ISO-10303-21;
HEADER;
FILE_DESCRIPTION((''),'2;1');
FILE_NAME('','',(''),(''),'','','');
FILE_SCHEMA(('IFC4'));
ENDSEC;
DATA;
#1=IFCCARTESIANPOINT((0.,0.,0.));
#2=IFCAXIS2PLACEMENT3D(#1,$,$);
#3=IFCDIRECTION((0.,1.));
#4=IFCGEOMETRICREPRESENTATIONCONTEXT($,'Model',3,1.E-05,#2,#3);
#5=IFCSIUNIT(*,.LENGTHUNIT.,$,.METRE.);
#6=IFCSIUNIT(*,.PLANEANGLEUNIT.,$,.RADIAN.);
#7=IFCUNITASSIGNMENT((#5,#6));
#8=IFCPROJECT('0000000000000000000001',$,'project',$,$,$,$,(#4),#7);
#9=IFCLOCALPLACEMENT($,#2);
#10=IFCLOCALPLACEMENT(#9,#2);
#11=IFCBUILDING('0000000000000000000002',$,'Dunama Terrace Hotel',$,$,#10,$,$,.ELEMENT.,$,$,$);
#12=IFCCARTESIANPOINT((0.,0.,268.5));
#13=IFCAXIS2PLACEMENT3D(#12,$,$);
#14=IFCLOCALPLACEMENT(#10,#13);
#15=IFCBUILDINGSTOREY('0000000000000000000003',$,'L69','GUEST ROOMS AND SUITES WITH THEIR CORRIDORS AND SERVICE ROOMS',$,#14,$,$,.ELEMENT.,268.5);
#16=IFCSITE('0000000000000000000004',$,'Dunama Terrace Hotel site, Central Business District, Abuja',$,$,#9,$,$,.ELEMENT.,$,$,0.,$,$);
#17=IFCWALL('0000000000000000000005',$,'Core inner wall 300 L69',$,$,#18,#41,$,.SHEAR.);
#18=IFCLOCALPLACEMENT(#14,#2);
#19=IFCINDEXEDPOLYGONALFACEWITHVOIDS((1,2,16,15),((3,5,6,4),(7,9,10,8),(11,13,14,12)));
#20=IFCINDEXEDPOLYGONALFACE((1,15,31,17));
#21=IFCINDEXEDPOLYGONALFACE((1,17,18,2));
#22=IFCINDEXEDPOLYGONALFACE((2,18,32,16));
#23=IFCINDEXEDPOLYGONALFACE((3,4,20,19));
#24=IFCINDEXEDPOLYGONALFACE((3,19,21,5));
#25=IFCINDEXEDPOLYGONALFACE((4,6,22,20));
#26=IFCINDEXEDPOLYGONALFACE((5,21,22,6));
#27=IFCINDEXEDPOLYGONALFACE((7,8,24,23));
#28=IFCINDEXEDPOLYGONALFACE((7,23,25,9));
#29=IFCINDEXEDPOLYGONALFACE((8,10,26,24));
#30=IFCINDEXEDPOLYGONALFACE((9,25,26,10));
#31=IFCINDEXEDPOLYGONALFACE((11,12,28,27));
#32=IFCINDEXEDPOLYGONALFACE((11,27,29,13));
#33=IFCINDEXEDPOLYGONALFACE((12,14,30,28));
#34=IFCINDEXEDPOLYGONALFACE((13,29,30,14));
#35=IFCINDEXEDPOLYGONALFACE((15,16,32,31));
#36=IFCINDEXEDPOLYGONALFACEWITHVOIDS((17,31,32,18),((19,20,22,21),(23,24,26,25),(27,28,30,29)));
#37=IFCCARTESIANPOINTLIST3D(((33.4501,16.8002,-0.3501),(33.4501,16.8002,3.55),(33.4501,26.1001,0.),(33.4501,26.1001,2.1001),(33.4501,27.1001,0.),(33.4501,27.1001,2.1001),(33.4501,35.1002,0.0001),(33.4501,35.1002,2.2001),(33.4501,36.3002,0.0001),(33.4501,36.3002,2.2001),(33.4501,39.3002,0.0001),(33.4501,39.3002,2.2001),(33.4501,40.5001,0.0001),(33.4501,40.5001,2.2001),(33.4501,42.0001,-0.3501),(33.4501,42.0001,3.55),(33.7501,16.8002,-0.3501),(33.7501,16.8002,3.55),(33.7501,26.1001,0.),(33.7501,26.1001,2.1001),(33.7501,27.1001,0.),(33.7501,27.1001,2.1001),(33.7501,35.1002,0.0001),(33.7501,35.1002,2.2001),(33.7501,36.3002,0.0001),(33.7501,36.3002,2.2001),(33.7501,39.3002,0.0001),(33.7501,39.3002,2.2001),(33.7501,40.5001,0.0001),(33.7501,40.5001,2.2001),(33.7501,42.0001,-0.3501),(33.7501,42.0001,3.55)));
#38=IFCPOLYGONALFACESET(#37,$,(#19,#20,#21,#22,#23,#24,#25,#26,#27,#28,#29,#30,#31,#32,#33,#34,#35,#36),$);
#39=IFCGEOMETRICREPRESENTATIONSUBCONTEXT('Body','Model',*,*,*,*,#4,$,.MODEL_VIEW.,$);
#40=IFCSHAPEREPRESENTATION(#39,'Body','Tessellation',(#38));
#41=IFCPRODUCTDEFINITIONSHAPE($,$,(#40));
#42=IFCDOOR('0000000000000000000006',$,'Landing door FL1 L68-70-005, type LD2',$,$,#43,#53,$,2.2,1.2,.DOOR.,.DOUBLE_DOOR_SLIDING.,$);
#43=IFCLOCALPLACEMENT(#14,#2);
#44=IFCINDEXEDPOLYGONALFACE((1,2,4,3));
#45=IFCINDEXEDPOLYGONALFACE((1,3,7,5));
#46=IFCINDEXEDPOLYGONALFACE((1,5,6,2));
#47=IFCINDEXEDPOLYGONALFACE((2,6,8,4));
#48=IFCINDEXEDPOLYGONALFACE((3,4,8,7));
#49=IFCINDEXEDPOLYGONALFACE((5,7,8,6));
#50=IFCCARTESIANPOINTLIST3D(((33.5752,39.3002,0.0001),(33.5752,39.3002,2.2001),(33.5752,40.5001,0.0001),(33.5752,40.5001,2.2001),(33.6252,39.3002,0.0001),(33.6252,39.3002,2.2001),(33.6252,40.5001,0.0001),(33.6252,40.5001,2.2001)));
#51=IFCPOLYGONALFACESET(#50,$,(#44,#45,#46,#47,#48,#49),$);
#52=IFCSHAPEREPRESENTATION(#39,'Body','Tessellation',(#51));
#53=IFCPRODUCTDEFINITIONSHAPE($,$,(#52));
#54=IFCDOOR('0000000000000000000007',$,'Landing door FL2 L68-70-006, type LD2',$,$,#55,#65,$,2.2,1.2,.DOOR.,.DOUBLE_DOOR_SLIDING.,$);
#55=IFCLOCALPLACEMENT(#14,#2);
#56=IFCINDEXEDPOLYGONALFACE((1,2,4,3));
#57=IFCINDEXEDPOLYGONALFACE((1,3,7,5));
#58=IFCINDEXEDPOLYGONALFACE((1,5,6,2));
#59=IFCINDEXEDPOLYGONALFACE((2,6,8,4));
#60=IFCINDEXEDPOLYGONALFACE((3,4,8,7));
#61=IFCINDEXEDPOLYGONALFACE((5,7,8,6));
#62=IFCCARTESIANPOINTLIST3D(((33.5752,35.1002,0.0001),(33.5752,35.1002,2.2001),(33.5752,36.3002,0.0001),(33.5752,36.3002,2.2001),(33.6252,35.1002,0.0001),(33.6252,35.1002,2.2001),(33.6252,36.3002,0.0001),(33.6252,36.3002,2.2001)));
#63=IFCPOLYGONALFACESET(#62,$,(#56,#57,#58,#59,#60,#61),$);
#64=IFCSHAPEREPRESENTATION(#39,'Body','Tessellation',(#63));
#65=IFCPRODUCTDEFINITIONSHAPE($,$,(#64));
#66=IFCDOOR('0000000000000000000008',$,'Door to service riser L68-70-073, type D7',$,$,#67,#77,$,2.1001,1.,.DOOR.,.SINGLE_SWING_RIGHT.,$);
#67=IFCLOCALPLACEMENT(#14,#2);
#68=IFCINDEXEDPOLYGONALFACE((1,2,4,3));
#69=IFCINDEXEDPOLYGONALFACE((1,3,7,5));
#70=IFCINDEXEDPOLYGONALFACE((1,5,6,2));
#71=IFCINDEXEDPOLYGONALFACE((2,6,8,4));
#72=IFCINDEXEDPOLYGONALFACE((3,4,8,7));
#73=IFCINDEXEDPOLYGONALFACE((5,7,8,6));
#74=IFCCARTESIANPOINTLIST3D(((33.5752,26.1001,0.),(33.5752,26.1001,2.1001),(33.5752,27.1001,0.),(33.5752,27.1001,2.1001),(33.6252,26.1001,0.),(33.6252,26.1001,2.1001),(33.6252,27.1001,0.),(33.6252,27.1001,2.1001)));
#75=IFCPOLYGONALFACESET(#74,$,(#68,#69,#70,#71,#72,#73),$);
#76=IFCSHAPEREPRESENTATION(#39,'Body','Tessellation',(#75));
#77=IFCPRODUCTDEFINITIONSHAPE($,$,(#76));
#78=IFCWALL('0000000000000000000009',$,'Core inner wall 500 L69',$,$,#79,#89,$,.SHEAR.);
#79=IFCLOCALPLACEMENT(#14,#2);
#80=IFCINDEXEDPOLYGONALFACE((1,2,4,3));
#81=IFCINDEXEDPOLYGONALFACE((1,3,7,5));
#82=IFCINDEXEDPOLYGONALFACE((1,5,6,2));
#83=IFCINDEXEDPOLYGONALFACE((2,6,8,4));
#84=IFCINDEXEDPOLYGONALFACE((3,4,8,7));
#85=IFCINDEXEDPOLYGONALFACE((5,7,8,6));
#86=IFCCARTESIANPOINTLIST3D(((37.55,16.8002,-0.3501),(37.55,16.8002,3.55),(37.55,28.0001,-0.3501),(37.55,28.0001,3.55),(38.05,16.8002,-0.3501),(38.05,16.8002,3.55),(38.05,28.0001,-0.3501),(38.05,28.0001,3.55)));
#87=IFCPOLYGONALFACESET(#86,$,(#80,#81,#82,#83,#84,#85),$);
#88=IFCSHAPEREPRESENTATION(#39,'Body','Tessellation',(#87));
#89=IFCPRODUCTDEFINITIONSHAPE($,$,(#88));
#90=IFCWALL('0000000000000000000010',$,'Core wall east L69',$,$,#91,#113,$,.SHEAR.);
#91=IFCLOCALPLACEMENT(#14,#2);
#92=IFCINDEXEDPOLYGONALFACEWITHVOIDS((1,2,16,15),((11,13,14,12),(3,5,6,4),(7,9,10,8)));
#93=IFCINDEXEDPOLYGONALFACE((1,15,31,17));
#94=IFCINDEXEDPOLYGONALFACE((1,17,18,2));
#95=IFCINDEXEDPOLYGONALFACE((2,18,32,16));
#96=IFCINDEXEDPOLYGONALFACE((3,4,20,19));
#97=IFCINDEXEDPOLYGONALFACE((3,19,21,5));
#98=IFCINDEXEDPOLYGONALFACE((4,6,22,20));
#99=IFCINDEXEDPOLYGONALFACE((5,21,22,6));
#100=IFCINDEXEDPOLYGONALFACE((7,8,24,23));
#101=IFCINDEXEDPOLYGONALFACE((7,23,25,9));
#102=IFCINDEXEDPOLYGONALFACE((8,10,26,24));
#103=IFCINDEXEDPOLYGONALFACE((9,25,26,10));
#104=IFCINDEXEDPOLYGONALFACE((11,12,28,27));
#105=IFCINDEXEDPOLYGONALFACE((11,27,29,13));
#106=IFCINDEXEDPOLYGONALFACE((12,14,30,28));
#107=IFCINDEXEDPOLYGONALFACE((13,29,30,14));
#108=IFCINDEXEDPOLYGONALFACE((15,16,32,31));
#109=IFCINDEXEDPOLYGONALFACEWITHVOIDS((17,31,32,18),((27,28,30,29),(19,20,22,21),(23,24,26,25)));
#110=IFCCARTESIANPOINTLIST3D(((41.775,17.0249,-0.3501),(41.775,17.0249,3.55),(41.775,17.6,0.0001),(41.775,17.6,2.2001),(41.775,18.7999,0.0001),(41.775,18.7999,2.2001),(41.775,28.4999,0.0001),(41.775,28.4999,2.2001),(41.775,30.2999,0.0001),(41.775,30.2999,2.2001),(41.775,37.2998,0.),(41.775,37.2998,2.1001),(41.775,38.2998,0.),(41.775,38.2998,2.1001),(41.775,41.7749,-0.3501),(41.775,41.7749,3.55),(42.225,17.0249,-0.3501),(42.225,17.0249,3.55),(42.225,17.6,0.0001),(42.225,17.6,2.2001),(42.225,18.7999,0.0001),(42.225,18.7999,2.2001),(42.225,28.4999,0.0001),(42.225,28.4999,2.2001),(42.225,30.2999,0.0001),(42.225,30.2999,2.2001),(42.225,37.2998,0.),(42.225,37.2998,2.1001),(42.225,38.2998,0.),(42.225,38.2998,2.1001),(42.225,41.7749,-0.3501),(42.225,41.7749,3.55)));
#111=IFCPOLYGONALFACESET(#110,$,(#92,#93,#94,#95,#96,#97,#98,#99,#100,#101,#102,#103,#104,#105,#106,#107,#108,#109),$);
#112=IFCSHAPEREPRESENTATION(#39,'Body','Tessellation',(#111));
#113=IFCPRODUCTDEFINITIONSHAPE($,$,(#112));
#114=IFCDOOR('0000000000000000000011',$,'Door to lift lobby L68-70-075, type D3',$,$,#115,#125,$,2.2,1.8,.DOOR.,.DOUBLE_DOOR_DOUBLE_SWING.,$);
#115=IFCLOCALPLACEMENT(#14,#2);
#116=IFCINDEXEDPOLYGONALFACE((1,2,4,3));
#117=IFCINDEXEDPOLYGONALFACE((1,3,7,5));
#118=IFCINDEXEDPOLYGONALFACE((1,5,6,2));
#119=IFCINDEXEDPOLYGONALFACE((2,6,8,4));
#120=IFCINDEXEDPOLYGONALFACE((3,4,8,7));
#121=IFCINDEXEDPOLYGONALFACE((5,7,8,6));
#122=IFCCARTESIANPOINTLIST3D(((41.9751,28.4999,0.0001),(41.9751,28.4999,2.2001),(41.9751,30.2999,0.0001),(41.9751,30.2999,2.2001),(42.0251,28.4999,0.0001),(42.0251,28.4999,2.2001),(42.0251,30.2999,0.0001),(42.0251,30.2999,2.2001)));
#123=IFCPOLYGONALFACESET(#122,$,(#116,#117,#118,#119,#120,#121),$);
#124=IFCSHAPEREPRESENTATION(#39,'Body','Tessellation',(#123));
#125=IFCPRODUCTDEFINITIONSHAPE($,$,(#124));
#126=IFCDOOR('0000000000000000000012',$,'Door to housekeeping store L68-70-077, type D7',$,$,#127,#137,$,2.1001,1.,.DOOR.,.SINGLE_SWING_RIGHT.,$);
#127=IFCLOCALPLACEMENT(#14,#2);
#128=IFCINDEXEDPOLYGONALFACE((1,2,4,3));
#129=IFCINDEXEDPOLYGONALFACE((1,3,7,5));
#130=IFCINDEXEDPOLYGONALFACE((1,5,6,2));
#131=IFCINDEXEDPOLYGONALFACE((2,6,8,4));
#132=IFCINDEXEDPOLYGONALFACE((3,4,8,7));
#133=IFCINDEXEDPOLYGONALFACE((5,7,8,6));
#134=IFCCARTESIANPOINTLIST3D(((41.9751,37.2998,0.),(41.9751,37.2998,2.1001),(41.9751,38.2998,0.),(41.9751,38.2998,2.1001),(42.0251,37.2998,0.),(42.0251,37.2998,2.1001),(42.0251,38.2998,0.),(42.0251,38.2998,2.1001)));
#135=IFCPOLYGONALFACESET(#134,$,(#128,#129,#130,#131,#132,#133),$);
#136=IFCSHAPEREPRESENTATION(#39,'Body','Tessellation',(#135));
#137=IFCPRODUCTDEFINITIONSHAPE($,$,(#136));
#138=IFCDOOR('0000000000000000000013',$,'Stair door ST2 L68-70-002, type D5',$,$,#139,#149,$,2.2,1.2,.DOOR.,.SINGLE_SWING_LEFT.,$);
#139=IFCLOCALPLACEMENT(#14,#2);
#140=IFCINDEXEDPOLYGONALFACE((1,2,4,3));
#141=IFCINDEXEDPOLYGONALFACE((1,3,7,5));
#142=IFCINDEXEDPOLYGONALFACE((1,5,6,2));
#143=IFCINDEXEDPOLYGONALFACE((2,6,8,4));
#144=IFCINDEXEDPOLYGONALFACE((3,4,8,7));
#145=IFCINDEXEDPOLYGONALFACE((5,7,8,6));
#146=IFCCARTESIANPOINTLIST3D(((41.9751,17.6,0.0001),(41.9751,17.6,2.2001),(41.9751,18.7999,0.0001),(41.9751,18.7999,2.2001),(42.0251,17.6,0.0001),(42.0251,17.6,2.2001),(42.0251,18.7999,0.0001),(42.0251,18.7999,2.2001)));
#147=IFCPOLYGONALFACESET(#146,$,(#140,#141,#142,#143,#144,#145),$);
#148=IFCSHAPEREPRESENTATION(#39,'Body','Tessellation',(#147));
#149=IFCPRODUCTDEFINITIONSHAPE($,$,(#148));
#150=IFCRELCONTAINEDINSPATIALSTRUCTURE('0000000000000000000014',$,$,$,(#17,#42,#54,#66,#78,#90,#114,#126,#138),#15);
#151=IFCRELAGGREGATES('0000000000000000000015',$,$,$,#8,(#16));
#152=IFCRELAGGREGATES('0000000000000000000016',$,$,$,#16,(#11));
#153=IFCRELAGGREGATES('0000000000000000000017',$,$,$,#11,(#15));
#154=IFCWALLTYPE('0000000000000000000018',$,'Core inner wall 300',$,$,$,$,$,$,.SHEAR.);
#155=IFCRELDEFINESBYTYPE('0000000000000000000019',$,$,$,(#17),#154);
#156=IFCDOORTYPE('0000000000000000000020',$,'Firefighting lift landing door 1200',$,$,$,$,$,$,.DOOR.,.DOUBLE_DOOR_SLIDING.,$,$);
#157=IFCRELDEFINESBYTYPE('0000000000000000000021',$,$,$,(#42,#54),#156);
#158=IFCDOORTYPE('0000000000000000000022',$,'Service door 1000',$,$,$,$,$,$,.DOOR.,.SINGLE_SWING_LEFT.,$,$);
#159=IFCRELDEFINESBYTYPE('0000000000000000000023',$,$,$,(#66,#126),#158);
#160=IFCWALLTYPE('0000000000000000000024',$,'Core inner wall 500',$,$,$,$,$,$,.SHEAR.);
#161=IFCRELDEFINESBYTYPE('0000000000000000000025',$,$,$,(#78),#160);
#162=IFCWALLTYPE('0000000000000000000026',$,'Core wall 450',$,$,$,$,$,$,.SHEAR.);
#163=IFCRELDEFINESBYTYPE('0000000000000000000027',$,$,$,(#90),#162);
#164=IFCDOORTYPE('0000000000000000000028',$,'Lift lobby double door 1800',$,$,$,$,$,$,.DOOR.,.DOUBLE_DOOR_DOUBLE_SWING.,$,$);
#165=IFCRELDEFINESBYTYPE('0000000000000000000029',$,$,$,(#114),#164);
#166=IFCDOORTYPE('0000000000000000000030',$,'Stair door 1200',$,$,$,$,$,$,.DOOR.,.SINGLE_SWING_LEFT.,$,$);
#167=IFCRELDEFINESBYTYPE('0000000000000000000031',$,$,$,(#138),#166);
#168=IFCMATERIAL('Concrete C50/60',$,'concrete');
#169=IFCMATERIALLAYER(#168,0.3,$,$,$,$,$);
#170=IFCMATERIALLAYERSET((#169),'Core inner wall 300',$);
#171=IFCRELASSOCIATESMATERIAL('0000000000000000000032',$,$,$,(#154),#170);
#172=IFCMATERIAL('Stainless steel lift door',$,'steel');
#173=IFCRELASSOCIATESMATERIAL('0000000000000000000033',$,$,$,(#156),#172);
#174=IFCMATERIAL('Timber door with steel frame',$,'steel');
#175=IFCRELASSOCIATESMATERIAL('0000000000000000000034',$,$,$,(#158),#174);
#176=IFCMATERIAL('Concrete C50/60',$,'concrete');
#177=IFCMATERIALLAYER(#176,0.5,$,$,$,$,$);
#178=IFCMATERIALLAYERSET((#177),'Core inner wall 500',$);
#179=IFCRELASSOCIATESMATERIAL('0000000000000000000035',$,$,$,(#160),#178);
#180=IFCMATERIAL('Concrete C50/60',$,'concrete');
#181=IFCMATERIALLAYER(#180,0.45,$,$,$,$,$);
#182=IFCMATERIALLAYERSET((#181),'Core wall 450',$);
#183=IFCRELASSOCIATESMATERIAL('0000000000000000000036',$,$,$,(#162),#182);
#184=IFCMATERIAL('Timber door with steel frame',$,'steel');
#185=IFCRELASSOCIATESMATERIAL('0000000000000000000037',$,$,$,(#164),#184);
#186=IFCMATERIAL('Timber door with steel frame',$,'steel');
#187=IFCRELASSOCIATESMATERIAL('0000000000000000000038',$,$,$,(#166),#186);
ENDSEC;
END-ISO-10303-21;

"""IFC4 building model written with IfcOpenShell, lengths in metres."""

from ifc_helpers import new_model, si_unit, direction, frame, frame_2d, origin, place, context, subcontext, project, spatial, rectangle, extrude, material, layer, layer_set, type_object, element, fill, save


model = new_model("IFC4")

# Units and contexts
model_context = context("Model", 3, precision=1e-05, world=origin(), true_north=direction((0.0, 1.0)))
body_context = subcontext(model_context, "Body", "Model", "MODEL_VIEW")
ifc_project = project(units=[si_unit("LENGTHUNIT", "METRE"), si_unit("PLANEANGLEUNIT", "RADIAN")], contexts=[model_context])

# Site, building, storey
site_placement = place(None, origin())
site = spatial("IfcSite", under=ifc_project, at=site_placement, Name="Dunama Terrace Hotel site, Central Business District, Abuja", CompositionType="ELEMENT", RefElevation=0.0)
building_placement = place(site_placement, origin())
building = spatial("IfcBuilding", under=site, at=building_placement, Name="Dunama Terrace Hotel", CompositionType="ELEMENT")
storey_placement = place(building_placement, frame((0.0, 0.0, 268.5)))
storey = spatial("IfcBuildingStorey", under=building, at=storey_placement, Name="L69", Description="GUEST ROOMS AND SUITES WITH THEIR CORRIDORS AND SERVICE ROOMS", CompositionType="ELEMENT", Elevation=268.5)

# Wall, openings, doors
ifc_material_1 = material(Name="Concrete C50/60", Category="concrete")
ifc_layer_1 = layer(ifc_material_1, 0.3)
ifc_layer_set_1 = layer_set([ifc_layer_1], Name="Core inner wall 300")
wall_type_1 = type_object("IfcWallType", Name="Core inner wall 300", PredefinedType="SHEAR", material=ifc_layer_set_1)
wall_1_placement = place(storey_placement, frame((33.6001, 16.8, -0.3501), z_axis=(0.0, 0.0, 1.0), x_axis=(0.0, 1.0, 0.0)))
wall_1 = element("IfcWall", 1, at=wall_1_placement, inside=storey, type_object=wall_type_1, Name="Core inner wall 300 L69", PredefinedType="SHEAR", context=body_context, shape_type="SweptSolid", body=[
    extrude(rectangle(XDim=25.2, YDim=0.3, at=frame_2d((12.6001, 0.0))), origin(), (0.0, 0.0, 1.0), 3.9001),
])
opening_1_placement = place(wall_1_placement, frame((22.5, 0.0, 0.3501)))
opening_1 = element("IfcOpeningElement", 2, at=opening_1_placement, cuts=wall_1, PredefinedType="OPENING", context=body_context, shape_type="SweptSolid", body=[
    extrude(rectangle(XDim=1.2, YDim=2.2, at=frame_2d((0.6001, 1.1001))), frame((0.0, 0.1599, 0.0), z_axis=(0.0, -1.0, 0.0), x_axis=(1.0, 0.0, 0.0)), (0.0, 0.0, 1.0), 0.3201),
])
opening_2_placement = place(wall_1_placement, frame((18.3, 0.0, 0.3501)))
opening_2 = element("IfcOpeningElement", 3, at=opening_2_placement, cuts=wall_1, PredefinedType="OPENING", context=body_context, shape_type="SweptSolid", body=[
    extrude(rectangle(XDim=1.2, YDim=2.2, at=frame_2d((0.6001, 1.1001))), frame((0.0, 0.1599, 0.0), z_axis=(0.0, -1.0, 0.0), x_axis=(1.0, 0.0, 0.0)), (0.0, 0.0, 1.0), 0.3201),
])
opening_3_placement = place(wall_1_placement, frame((9.3, 0.0, 0.3501)))
opening_3 = element("IfcOpeningElement", 4, at=opening_3_placement, cuts=wall_1, PredefinedType="OPENING", context=body_context, shape_type="SweptSolid", body=[
    extrude(rectangle(XDim=1.0, YDim=2.1001, at=frame_2d((0.5, 1.05))), frame((0.0, 0.1599, 0.0), z_axis=(0.0, -1.0, 0.0), x_axis=(1.0, 0.0, 0.0)), (0.0, 0.0, 1.0), 0.3201),
])
ifc_material_2 = material(Name="Stainless steel lift door", Category="steel")
door_type_1 = type_object("IfcDoorType", Name="Firefighting lift landing door 1200", OperationType="DOUBLE_DOOR_SLIDING", PredefinedType="DOOR", material=ifc_material_2)
door_1_placement = place(opening_1_placement, origin())
door_1 = element("IfcDoor", 5, at=door_1_placement, inside=storey, type_object=door_type_1, Name="Landing door FL1 L68-70-005, type LD2", OperationType="DOUBLE_DOOR_SLIDING", OverallHeight=2.2, OverallWidth=1.2, PredefinedType="DOOR", context=body_context, shape_type="SweptSolid", body=[
    extrude(rectangle(XDim=1.2, YDim=2.2, at=frame_2d((0.6001, 1.1001))), frame((0.0, 0.0249, 0.0), z_axis=(0.0, -1.0, 0.0), x_axis=(1.0, 0.0, 0.0)), (0.0, 0.0, 1.0), 0.05),
])
fill(opening_1, door_1)
door_2_placement = place(opening_2_placement, origin())
door_2 = element("IfcDoor", 6, at=door_2_placement, inside=storey, type_object=door_type_1, Name="Landing door FL2 L68-70-006, type LD2", OperationType="DOUBLE_DOOR_SLIDING", OverallHeight=2.2, OverallWidth=1.2, PredefinedType="DOOR", context=body_context, shape_type="SweptSolid", body=[
    extrude(rectangle(XDim=1.2, YDim=2.2, at=frame_2d((0.6001, 1.1001))), frame((0.0, 0.0249, 0.0), z_axis=(0.0, -1.0, 0.0), x_axis=(1.0, 0.0, 0.0)), (0.0, 0.0, 1.0), 0.05),
])
fill(opening_2, door_2)
ifc_material_3 = material(Name="Timber door with steel frame", Category="steel")
door_type_2 = type_object("IfcDoorType", Name="Service door 1000", OperationType="SINGLE_SWING_LEFT", PredefinedType="DOOR", material=ifc_material_3)
door_3_placement = place(opening_3_placement, frame((1.0, 0.0, 0.0), z_axis=(0.0, 0.0, 1.0), x_axis=(-1.0, 0.0, 0.0)))
door_3 = element("IfcDoor", 7, at=door_3_placement, inside=storey, type_object=door_type_2, Name="Door to service riser L68-70-073, type D7", OperationType="SINGLE_SWING_RIGHT", OverallHeight=2.1001, OverallWidth=1.0, PredefinedType="DOOR", context=body_context, shape_type="SweptSolid", body=[
    extrude(rectangle(XDim=1.0, YDim=2.1001, at=frame_2d((0.5, 1.05))), frame((0.0, 0.0251, 0.0), z_axis=(0.0, -1.0, 0.0), x_axis=(1.0, 0.0, 0.0)), (0.0, 0.0, 1.0), 0.05),
])
fill(opening_3, door_3)

# Wall
ifc_material_4 = material(Name="Concrete C50/60", Category="concrete")
ifc_layer_2 = layer(ifc_material_4, 0.5)
ifc_layer_set_2 = layer_set([ifc_layer_2], Name="Core inner wall 500")
wall_type_2 = type_object("IfcWallType", Name="Core inner wall 500", PredefinedType="SHEAR", material=ifc_layer_set_2)
wall_2_placement = place(storey_placement, frame((37.8, 16.8, -0.3501), z_axis=(0.0, 0.0, 1.0), x_axis=(0.0, 1.0, 0.0)))
element("IfcWall", 8, at=wall_2_placement, inside=storey, type_object=wall_type_2, Name="Core inner wall 500 L69", PredefinedType="SHEAR", context=body_context, shape_type="SweptSolid", body=[
    extrude(rectangle(XDim=11.2, YDim=0.5, at=frame_2d((5.6001, 0.0))), origin(), (0.0, 0.0, 1.0), 3.9001),
])

# Wall, openings, doors
ifc_material_5 = material(Name="Concrete C50/60", Category="concrete")
ifc_layer_3 = layer(ifc_material_5, 0.45)
ifc_layer_set_3 = layer_set([ifc_layer_3], Name="Core wall 450")
wall_type_3 = type_object("IfcWallType", Name="Core wall 450", PredefinedType="SHEAR", material=ifc_layer_set_3)
wall_3_placement = place(storey_placement, frame((42.0, 17.0249, -0.3501), z_axis=(0.0, 0.0, 1.0), x_axis=(0.0, 1.0, 0.0)))
wall_3 = element("IfcWall", 9, at=wall_3_placement, inside=storey, type_object=wall_type_3, Name="Core wall east L69", PredefinedType="SHEAR", context=body_context, shape_type="SweptSolid", body=[
    extrude(rectangle(XDim=24.75, YDim=0.45, at=frame_2d((12.375, 0.0))), origin(), (0.0, 0.0, 1.0), 3.9001),
])
opening_4_placement = place(wall_3_placement, frame((0.575, 0.0, 0.3501)))
opening_4 = element("IfcOpeningElement", 10, at=opening_4_placement, cuts=wall_3, PredefinedType="OPENING", context=body_context, shape_type="SweptSolid", body=[
    extrude(rectangle(XDim=1.2, YDim=2.2, at=frame_2d((0.6001, 1.1001))), frame((0.0, 0.2349, 0.0), z_axis=(0.0, -1.0, 0.0), x_axis=(1.0, 0.0, 0.0)), (0.0, 0.0, 1.0), 0.47),
])
opening_5_placement = place(wall_3_placement, frame((11.4751, 0.0, 0.3501)))
opening_5 = element("IfcOpeningElement", 11, at=opening_5_placement, cuts=wall_3, PredefinedType="OPENING", context=body_context, shape_type="SweptSolid", body=[
    extrude(rectangle(XDim=1.8, YDim=2.2, at=frame_2d((0.8999, 1.1001))), frame((0.0, 0.2349, 0.0), z_axis=(0.0, -1.0, 0.0), x_axis=(1.0, 0.0, 0.0)), (0.0, 0.0, 1.0), 0.47),
])
opening_6_placement = place(wall_3_placement, frame((20.2749, 0.0, 0.3501)))
opening_6 = element("IfcOpeningElement", 12, at=opening_6_placement, cuts=wall_3, PredefinedType="OPENING", context=body_context, shape_type="SweptSolid", body=[
    extrude(rectangle(XDim=1.0, YDim=2.1001, at=frame_2d((0.5, 1.05))), frame((0.0, 0.2349, 0.0), z_axis=(0.0, -1.0, 0.0), x_axis=(1.0, 0.0, 0.0)), (0.0, 0.0, 1.0), 0.47),
])
ifc_material_6 = material(Name="Timber door with steel frame", Category="steel")
door_type_3 = type_object("IfcDoorType", Name="Lift lobby double door 1800", OperationType="DOUBLE_DOOR_DOUBLE_SWING", PredefinedType="DOOR", material=ifc_material_6)
door_4_placement = place(opening_5_placement, origin())
door_4 = element("IfcDoor", 13, at=door_4_placement, inside=storey, type_object=door_type_3, Name="Door to lift lobby L68-70-075, type D3", OperationType="DOUBLE_DOOR_DOUBLE_SWING", OverallHeight=2.2, OverallWidth=1.8, PredefinedType="DOOR", context=body_context, shape_type="SweptSolid", body=[
    extrude(rectangle(XDim=1.8, YDim=2.2, at=frame_2d((0.8999, 1.1001))), frame((0.0, 0.0249, 0.0), z_axis=(0.0, -1.0, 0.0), x_axis=(1.0, 0.0, 0.0)), (0.0, 0.0, 1.0), 0.05),
])
fill(opening_5, door_4)
door_5_placement = place(opening_6_placement, origin())
door_5 = element("IfcDoor", 14, at=door_5_placement, inside=storey, type_object=door_type_2, Name="Door to housekeeping store L68-70-077, type D7", OperationType="SINGLE_SWING_RIGHT", OverallHeight=2.1001, OverallWidth=1.0, PredefinedType="DOOR", context=body_context, shape_type="SweptSolid", body=[
    extrude(rectangle(XDim=1.0, YDim=2.1001, at=frame_2d((0.5, 1.05))), frame((0.0, 0.0249, 0.0), z_axis=(0.0, -1.0, 0.0), x_axis=(1.0, 0.0, 0.0)), (0.0, 0.0, 1.0), 0.05),
])
fill(opening_6, door_5)
ifc_material_7 = material(Name="Timber door with steel frame", Category="steel")
door_type_4 = type_object("IfcDoorType", Name="Stair door 1200", OperationType="SINGLE_SWING_LEFT", PredefinedType="DOOR", material=ifc_material_7)
door_6_placement = place(opening_4_placement, origin())
door_6 = element("IfcDoor", 15, at=door_6_placement, inside=storey, type_object=door_type_4, Name="Stair door ST2 L68-70-002, type D5", OperationType="SINGLE_SWING_LEFT", OverallHeight=2.2, OverallWidth=1.2, PredefinedType="DOOR", context=body_context, shape_type="SweptSolid", body=[
    extrude(rectangle(XDim=1.2, YDim=2.2, at=frame_2d((0.6001, 1.1001))), frame((0.0, 0.0249, 0.0), z_axis=(0.0, -1.0, 0.0), x_axis=(1.0, 0.0, 0.0)), (0.0, 0.0, 1.0), 0.05),
])
fill(opening_4, door_6)

save(model, "model.ifc")
